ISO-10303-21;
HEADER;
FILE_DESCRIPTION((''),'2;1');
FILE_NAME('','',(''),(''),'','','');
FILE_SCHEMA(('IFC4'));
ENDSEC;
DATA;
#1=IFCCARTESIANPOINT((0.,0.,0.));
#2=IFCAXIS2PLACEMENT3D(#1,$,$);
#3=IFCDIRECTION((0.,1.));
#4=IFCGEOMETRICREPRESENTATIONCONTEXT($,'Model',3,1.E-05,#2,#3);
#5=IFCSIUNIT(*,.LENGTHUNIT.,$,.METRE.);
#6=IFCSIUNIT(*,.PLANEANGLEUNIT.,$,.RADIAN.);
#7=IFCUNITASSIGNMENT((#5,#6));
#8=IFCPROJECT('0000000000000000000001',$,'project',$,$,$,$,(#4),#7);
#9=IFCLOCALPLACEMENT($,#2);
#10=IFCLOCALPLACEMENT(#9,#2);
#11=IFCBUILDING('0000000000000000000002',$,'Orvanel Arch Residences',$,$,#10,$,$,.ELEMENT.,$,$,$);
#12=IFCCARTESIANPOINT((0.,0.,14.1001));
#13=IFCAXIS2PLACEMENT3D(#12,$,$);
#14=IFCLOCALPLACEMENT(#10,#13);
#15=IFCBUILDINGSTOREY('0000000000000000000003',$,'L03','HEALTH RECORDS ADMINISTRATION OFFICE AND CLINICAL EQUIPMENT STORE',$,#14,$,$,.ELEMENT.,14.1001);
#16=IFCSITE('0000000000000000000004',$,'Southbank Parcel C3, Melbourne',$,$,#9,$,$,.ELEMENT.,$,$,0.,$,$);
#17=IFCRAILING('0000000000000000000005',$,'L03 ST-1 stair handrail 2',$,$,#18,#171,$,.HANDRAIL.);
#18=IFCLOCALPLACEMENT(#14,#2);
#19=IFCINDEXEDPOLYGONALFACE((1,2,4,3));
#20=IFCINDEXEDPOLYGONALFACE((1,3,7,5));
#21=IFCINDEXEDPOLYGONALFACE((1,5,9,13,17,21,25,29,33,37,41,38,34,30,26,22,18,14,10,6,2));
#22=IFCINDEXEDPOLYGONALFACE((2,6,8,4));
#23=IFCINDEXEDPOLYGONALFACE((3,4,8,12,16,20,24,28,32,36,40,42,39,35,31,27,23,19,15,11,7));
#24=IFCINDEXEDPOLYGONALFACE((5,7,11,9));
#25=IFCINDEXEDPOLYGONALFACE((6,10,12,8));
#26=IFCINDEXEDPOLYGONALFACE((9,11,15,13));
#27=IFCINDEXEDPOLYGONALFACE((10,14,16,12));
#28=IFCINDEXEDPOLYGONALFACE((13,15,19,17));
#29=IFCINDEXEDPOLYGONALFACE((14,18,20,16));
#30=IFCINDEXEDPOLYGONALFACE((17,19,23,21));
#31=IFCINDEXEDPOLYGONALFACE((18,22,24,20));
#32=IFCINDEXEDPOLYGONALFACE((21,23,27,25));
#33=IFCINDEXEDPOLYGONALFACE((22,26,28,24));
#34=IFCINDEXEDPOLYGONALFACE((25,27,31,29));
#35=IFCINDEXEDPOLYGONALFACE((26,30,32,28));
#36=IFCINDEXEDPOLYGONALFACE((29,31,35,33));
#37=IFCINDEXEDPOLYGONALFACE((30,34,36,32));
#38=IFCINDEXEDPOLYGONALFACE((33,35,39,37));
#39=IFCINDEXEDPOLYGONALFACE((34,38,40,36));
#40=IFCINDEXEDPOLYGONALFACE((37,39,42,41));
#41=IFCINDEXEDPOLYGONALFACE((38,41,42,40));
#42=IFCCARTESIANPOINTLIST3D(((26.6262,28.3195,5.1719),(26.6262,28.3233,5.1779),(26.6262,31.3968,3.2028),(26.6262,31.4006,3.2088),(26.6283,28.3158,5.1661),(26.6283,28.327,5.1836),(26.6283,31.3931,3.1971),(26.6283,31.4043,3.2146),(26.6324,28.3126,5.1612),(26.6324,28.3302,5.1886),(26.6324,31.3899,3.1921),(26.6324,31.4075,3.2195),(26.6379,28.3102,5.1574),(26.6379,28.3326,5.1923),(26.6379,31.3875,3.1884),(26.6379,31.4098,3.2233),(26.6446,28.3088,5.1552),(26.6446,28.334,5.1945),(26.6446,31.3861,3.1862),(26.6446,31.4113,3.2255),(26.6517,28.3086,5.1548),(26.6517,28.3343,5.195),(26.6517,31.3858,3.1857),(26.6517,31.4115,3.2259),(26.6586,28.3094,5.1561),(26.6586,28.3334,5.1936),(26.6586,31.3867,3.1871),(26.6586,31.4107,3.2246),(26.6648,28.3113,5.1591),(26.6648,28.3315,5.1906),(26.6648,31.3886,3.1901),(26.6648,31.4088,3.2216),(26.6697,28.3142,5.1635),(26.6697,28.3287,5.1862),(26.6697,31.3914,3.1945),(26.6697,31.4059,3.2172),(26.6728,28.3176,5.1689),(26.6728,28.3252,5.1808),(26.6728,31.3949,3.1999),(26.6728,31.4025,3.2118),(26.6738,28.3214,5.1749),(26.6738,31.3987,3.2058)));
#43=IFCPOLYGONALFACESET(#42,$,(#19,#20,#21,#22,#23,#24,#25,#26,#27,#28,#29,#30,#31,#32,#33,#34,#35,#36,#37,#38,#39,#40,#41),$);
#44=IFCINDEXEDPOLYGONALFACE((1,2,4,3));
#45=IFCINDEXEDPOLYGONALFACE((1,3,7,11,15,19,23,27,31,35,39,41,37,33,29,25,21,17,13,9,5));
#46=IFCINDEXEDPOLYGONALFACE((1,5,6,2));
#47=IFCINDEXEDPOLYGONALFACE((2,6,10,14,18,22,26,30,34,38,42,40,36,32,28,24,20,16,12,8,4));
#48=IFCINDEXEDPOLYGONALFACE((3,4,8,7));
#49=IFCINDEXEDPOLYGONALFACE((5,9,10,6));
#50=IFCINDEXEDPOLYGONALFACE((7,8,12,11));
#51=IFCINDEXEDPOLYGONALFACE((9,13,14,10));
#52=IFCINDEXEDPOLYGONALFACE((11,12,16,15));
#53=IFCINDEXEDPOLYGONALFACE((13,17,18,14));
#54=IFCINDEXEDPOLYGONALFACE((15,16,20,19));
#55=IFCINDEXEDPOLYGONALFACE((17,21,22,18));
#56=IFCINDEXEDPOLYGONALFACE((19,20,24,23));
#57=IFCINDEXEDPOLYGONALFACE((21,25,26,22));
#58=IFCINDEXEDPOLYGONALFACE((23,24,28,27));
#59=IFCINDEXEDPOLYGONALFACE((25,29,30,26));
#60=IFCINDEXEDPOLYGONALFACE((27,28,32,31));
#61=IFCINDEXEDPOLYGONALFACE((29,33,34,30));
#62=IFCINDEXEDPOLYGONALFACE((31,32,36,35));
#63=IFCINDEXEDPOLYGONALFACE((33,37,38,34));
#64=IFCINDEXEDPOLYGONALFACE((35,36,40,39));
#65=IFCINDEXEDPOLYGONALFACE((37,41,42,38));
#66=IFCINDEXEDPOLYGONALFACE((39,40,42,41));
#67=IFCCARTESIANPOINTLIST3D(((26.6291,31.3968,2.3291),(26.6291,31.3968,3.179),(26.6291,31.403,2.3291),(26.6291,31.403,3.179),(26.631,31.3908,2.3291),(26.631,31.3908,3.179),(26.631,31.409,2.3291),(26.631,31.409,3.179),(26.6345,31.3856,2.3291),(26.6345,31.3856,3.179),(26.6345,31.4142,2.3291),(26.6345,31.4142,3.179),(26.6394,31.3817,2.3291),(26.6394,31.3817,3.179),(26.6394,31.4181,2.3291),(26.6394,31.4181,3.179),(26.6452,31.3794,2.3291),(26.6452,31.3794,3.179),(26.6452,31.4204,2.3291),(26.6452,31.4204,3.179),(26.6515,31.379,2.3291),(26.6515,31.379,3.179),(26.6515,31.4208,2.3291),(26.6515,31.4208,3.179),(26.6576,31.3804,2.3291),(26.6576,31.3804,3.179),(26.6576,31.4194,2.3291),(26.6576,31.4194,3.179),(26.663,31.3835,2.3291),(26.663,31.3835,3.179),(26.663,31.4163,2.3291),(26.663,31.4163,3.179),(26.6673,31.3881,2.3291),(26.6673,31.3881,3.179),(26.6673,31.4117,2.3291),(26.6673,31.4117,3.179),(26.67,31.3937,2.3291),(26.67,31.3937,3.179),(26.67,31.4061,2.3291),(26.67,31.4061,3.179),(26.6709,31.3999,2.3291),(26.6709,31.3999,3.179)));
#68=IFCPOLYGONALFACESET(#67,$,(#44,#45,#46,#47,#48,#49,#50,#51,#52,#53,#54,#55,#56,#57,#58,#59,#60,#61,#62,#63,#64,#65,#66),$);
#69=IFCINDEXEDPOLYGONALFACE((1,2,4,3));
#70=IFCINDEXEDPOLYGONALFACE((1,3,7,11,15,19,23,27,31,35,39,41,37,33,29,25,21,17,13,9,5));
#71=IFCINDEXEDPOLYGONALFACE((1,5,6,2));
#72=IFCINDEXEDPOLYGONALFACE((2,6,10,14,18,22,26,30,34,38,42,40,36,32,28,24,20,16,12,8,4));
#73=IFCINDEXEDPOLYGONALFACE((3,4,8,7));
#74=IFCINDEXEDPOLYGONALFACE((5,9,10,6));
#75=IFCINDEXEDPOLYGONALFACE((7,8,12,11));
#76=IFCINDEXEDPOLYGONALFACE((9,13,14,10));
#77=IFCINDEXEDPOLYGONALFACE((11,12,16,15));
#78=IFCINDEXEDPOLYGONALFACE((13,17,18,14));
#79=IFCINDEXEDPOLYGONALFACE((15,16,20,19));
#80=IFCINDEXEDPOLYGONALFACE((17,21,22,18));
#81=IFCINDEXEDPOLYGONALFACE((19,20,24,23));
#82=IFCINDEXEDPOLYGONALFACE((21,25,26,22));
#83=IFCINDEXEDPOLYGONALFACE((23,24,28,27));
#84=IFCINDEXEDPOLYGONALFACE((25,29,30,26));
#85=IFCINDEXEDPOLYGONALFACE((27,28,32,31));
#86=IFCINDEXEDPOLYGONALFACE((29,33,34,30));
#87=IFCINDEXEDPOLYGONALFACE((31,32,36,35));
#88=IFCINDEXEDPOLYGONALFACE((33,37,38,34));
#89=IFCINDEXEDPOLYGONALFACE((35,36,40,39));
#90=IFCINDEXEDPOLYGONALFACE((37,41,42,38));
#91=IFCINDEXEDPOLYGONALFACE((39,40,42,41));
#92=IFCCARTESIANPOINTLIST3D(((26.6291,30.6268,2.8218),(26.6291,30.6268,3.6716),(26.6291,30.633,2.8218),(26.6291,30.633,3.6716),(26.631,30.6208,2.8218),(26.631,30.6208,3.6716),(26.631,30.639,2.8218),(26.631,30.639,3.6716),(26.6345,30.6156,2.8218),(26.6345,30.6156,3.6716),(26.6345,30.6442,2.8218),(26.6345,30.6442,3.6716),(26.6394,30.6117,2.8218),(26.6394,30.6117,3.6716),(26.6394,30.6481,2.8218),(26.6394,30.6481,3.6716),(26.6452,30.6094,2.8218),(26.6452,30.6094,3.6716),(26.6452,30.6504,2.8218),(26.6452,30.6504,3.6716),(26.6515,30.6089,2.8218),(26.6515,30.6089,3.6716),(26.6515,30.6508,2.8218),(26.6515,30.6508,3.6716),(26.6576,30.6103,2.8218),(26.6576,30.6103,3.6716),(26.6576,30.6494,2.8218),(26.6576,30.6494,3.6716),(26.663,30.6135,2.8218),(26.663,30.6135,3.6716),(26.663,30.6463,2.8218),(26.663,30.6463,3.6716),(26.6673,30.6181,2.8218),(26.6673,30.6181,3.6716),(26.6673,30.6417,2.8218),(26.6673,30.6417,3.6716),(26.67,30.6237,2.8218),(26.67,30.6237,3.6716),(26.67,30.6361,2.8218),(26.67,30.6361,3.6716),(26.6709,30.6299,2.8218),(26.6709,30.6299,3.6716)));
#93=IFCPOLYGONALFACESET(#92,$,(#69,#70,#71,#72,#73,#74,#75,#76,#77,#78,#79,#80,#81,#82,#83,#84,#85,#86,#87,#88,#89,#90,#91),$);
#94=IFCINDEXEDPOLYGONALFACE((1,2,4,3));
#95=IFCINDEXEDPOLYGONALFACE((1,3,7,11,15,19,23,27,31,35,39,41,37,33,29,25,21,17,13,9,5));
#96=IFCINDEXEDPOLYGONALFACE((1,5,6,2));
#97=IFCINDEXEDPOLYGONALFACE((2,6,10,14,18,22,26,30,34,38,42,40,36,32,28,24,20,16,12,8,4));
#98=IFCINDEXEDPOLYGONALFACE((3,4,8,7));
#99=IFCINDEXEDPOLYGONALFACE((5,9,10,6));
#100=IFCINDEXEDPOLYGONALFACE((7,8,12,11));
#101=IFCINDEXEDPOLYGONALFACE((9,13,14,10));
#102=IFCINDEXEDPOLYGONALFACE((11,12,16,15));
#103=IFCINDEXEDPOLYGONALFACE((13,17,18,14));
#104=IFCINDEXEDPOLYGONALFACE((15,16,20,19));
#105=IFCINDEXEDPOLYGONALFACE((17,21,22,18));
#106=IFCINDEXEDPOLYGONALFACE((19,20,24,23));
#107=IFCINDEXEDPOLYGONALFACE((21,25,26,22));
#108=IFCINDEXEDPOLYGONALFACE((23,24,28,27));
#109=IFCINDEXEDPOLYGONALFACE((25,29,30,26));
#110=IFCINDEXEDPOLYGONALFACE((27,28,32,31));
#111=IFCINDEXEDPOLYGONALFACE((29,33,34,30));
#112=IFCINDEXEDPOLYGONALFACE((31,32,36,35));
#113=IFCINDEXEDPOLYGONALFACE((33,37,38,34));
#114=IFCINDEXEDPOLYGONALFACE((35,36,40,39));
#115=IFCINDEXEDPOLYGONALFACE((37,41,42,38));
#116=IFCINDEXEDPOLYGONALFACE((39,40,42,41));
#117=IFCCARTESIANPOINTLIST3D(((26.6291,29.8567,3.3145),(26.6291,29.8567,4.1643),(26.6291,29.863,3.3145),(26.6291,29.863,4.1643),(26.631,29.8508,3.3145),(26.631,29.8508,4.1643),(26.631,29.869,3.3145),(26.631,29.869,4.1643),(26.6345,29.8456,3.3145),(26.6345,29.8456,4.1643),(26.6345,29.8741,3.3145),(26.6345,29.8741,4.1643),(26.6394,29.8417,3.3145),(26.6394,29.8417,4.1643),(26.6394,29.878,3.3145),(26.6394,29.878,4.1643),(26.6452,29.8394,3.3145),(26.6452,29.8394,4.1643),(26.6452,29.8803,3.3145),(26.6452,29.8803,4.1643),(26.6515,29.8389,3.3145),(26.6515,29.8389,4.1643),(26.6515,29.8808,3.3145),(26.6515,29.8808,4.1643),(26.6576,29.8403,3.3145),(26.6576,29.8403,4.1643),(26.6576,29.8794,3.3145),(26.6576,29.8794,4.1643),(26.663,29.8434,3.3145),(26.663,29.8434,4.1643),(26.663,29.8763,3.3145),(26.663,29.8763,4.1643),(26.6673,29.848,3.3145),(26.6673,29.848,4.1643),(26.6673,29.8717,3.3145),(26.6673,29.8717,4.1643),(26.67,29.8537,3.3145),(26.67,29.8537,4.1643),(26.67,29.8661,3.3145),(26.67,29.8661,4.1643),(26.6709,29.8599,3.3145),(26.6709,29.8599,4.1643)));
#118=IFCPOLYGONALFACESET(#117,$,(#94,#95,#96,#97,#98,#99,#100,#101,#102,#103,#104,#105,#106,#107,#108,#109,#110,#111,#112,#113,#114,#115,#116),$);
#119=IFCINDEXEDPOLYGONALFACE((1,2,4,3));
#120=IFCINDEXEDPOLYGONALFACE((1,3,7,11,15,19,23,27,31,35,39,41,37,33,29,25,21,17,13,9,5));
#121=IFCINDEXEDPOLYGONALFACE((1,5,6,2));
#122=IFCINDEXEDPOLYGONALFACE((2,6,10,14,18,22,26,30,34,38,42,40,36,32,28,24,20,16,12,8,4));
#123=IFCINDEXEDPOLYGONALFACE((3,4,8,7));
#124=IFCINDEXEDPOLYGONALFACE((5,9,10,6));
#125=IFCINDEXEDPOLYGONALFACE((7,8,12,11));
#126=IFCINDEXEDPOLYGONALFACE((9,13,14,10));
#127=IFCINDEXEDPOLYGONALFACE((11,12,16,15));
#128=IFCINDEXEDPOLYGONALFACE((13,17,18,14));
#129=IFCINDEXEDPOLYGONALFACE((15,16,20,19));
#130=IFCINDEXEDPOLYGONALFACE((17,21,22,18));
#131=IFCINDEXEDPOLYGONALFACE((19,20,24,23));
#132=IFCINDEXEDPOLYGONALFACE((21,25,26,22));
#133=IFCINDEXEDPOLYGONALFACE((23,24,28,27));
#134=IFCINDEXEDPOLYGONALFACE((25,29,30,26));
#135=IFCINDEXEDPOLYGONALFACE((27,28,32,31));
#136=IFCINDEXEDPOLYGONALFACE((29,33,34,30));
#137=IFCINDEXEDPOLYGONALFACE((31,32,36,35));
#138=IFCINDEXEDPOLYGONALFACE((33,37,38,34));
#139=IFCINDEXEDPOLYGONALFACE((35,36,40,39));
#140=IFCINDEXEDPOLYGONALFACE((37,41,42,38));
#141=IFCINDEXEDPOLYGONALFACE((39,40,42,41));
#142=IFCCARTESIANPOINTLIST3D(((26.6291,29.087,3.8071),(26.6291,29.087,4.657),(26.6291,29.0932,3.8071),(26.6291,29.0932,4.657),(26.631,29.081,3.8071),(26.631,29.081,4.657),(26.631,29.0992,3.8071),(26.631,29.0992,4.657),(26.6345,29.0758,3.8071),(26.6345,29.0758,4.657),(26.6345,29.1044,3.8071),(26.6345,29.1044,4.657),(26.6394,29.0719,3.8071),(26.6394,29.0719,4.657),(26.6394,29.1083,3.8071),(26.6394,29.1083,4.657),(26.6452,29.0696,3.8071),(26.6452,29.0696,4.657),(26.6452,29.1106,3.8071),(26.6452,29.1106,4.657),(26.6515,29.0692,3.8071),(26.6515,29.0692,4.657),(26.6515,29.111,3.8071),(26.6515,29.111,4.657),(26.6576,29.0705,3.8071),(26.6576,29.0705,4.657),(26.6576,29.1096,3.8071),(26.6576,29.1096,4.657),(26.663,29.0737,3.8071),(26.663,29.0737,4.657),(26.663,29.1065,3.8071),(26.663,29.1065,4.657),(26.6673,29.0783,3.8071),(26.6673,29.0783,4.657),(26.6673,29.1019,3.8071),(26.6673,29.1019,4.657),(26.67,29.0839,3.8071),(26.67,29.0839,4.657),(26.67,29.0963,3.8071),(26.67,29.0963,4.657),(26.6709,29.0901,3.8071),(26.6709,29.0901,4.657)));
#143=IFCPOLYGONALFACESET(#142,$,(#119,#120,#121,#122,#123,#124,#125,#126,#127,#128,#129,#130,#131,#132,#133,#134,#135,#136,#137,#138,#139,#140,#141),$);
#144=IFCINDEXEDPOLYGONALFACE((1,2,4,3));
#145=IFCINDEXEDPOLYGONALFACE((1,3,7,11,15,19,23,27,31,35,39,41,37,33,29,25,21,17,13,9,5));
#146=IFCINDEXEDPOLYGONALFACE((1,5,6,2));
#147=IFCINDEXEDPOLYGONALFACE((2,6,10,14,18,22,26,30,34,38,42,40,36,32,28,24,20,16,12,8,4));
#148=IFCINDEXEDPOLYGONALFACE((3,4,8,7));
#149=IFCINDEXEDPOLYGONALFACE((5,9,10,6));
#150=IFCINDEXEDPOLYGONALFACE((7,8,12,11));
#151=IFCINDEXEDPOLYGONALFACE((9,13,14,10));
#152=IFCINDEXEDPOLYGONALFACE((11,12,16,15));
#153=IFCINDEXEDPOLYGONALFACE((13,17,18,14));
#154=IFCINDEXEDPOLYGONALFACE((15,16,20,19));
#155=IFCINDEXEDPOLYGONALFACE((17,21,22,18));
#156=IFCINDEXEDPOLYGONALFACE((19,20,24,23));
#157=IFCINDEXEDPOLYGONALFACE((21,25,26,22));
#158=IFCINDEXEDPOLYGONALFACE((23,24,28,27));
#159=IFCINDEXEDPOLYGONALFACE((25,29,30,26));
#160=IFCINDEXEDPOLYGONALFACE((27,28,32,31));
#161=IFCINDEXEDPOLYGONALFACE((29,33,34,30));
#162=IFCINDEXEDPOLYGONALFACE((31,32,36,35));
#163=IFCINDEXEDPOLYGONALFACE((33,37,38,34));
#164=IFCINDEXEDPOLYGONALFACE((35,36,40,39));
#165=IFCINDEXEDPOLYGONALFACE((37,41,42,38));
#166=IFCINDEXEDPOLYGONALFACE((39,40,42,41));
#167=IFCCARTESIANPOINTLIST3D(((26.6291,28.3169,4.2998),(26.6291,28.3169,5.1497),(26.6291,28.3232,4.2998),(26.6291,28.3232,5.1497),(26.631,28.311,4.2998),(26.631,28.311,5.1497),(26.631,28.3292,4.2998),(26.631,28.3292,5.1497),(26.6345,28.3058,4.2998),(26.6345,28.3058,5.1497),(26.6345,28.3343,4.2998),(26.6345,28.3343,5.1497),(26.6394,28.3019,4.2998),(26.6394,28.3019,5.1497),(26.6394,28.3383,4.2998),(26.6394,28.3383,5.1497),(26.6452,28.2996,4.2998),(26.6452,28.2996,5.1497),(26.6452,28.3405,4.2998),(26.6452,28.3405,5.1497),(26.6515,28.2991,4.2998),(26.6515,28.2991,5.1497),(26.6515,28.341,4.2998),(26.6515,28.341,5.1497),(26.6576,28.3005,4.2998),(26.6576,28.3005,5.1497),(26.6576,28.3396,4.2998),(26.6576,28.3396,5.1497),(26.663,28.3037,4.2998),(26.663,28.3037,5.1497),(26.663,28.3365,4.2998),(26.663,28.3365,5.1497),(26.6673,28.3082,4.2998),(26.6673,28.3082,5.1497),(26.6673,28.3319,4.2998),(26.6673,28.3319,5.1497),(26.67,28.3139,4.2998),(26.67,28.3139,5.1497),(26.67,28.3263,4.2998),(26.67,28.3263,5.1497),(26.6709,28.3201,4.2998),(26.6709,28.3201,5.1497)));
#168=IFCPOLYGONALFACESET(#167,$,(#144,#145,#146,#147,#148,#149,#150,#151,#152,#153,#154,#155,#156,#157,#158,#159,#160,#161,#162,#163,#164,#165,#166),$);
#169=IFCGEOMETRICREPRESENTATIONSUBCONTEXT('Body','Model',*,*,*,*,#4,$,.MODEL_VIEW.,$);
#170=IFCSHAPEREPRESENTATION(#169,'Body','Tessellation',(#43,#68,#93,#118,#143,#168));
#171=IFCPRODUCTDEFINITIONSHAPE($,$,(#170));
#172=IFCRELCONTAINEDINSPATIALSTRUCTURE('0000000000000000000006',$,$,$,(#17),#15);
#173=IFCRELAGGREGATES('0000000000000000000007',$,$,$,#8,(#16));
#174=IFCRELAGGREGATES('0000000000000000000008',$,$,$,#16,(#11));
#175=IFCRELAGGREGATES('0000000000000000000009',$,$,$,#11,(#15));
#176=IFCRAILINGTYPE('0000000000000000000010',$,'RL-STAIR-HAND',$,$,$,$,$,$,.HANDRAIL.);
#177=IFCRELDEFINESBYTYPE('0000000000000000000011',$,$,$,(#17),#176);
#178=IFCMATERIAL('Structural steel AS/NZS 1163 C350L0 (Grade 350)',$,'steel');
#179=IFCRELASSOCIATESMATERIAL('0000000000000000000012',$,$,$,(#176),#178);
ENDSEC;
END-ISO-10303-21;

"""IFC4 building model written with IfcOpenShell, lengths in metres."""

from ifc_helpers import new_model, si_unit, direction, frame, origin, origin_2d, place, context, subcontext, project, spatial, circle, extrude, material, type_object, element, save


model = new_model("IFC4")

# Units and contexts
model_context = context("Model", 3, precision=1e-05, world=origin(), true_north=direction((0.0, 1.0)))
body_context = subcontext(model_context, "Body", "Model", "MODEL_VIEW")
ifc_project = project(units=[si_unit("LENGTHUNIT", "METRE"), si_unit("PLANEANGLEUNIT", "RADIAN")], contexts=[model_context])

# Site, building, storey
site_placement = place(None, origin())
site = spatial("IfcSite", under=ifc_project, at=site_placement, Name="Southbank Parcel C3, Melbourne", CompositionType="ELEMENT", RefElevation=0.0)
building_placement = place(site_placement, origin())
building = spatial("IfcBuilding", under=site, at=building_placement, Name="Orvanel Arch Residences", CompositionType="ELEMENT")
storey_placement = place(building_placement, frame((0.0, 0.0, 14.1001)))
storey = spatial("IfcBuildingStorey", under=building, at=storey_placement, Name="L03", Description="HEALTH RECORDS ADMINISTRATION OFFICE AND CLINICAL EQUIPMENT STORE", CompositionType="ELEMENT", Elevation=14.1001)

# Railing
ifc_material_1 = material(Name="Structural steel AS/NZS 1163 C350L0 (Grade 350)", Category="steel")
railing_type_1 = type_object("IfcRailingType", Name="RL-STAIR-HAND", PredefinedType="HANDRAIL", material=ifc_material_1)
railing_1_placement = place(storey_placement, frame((26.6499, 31.3999, 2.3291)))
element("IfcRailing", 1, at=railing_1_placement, inside=storey, type_object=railing_type_1, Name="L03 ST-1 stair handrail 2", PredefinedType="HANDRAIL", context=body_context, shape_type="SweptSolid", body=[
    extrude(circle(Radius=0.0239, at=origin_2d()), frame((0.0, -0.0012, 0.8767), z_axis=(0.0, -0.84232, 0.538978), x_axis=(1.0, 0.0, 0.0)), (0.0, 0.0, 1.0), 3.6533),
    extrude(circle(Radius=0.021, at=origin_2d()), origin(), (0.0, 0.0, 1.0), 0.8499),
    extrude(circle(Radius=0.021, at=origin_2d()), frame((0.0, -0.77, 0.4927)), (0.0, 0.0, 1.0), 0.8499),
    extrude(circle(Radius=0.021, at=origin_2d()), frame((0.0, -1.54, 0.9854)), (0.0, 0.0, 1.0), 0.8499),
    extrude(circle(Radius=0.021, at=origin_2d()), frame((0.0, -2.3098, 1.478)), (0.0, 0.0, 1.0), 0.8499),
    extrude(circle(Radius=0.021, at=origin_2d()), frame((0.0, -3.0798, 1.9707)), (0.0, 0.0, 1.0), 0.8499),
])

save(model, "model.ifc")
